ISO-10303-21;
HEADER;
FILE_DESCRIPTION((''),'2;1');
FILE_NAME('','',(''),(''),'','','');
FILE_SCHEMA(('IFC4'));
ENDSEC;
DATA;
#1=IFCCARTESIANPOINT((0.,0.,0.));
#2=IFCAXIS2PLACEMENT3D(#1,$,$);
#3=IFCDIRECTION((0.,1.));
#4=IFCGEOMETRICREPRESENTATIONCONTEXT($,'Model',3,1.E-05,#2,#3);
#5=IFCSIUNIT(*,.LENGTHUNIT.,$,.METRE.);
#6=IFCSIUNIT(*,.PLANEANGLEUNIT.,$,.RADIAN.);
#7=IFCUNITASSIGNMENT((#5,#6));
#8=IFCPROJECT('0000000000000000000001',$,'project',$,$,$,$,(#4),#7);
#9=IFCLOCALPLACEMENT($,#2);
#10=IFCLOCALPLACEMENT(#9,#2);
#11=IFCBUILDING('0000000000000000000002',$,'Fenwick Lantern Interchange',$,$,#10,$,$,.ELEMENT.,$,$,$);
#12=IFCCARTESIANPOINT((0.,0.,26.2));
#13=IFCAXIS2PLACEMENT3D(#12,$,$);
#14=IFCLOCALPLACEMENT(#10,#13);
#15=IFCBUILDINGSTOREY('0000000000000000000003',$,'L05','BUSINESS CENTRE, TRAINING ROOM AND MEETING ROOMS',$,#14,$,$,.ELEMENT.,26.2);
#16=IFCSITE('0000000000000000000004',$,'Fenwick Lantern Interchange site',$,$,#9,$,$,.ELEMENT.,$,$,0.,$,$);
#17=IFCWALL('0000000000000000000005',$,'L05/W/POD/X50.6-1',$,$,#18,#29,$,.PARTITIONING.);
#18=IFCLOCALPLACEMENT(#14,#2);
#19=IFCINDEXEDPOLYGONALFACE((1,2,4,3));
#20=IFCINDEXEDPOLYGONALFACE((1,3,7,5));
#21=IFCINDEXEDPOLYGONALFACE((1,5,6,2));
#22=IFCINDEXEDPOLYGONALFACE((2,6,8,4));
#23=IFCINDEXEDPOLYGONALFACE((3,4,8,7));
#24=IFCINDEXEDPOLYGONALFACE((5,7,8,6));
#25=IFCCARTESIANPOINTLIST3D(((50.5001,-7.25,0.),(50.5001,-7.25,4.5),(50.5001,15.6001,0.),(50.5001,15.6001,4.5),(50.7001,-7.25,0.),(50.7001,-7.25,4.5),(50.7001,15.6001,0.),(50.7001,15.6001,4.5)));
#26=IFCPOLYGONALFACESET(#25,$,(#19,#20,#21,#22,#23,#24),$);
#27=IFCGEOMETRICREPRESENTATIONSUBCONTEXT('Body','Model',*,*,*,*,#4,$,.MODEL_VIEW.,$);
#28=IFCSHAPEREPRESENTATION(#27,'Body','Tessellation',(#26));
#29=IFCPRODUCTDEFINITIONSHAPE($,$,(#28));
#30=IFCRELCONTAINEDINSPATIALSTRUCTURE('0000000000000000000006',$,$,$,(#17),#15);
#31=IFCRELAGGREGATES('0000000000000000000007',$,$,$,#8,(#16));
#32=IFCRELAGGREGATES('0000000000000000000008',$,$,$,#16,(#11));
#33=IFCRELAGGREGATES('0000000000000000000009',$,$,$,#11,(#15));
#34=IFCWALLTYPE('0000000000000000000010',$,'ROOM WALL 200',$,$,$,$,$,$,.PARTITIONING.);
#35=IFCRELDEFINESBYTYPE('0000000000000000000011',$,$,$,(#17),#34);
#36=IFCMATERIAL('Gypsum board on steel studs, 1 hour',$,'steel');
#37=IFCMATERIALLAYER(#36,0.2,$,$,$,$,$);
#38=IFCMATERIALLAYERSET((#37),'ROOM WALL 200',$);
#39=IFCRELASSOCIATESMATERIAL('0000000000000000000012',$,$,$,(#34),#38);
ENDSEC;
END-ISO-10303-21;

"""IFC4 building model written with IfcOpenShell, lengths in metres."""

from ifc_helpers import new_model, si_unit, direction, frame, frame_2d, origin, place, context, subcontext, project, spatial, rectangle, extrude, material, layer, layer_set, type_object, element, save


model = new_model("IFC4")

# Units and contexts
model_context = context("Model", 3, precision=1e-05, world=origin(), true_north=direction((0.0, 1.0)))
body_context = subcontext(model_context, "Body", "Model", "MODEL_VIEW")
ifc_project = project(units=[si_unit("LENGTHUNIT", "METRE"), si_unit("PLANEANGLEUNIT", "RADIAN")], contexts=[model_context])

# Site, building, storey
site_placement = place(None, origin())
site = spatial("IfcSite", under=ifc_project, at=site_placement, Name="Fenwick Lantern Interchange site", CompositionType="ELEMENT", RefElevation=0.0)
building_placement = place(site_placement, origin())
building = spatial("IfcBuilding", under=site, at=building_placement, Name="Fenwick Lantern Interchange", CompositionType="ELEMENT")
storey_placement = place(building_placement, frame((0.0, 0.0, 26.2)))
storey = spatial("IfcBuildingStorey", under=building, at=storey_placement, Name="L05", Description="BUSINESS CENTRE, TRAINING ROOM AND MEETING ROOMS", CompositionType="ELEMENT", Elevation=26.2)

# Wall
ifc_material_1 = material(Name="Gypsum board on steel studs, 1 hour", Category="steel")
ifc_layer_1 = layer(ifc_material_1, 0.2)
ifc_layer_set_1 = layer_set([ifc_layer_1], Name="ROOM WALL 200")
wall_type_1 = type_object("IfcWallType", Name="ROOM WALL 200", PredefinedType="PARTITIONING", material=ifc_layer_set_1)
wall_1_placement = place(storey_placement, frame((50.6001, -7.25, 0.0), z_axis=(0.0, 0.0, 1.0), x_axis=(0.0, 1.0, 0.0)))
element("IfcWall", 1, at=wall_1_placement, inside=storey, type_object=wall_type_1, Name="L05/W/POD/X50.6-1", PredefinedType="PARTITIONING", context=body_context, shape_type="SweptSolid", body=[
    extrude(rectangle(XDim=22.8501, YDim=0.2, at=frame_2d((11.425, 0.0))), origin(), (0.0, 0.0, 1.0), 4.5),
])

save(model, "model.ifc")
